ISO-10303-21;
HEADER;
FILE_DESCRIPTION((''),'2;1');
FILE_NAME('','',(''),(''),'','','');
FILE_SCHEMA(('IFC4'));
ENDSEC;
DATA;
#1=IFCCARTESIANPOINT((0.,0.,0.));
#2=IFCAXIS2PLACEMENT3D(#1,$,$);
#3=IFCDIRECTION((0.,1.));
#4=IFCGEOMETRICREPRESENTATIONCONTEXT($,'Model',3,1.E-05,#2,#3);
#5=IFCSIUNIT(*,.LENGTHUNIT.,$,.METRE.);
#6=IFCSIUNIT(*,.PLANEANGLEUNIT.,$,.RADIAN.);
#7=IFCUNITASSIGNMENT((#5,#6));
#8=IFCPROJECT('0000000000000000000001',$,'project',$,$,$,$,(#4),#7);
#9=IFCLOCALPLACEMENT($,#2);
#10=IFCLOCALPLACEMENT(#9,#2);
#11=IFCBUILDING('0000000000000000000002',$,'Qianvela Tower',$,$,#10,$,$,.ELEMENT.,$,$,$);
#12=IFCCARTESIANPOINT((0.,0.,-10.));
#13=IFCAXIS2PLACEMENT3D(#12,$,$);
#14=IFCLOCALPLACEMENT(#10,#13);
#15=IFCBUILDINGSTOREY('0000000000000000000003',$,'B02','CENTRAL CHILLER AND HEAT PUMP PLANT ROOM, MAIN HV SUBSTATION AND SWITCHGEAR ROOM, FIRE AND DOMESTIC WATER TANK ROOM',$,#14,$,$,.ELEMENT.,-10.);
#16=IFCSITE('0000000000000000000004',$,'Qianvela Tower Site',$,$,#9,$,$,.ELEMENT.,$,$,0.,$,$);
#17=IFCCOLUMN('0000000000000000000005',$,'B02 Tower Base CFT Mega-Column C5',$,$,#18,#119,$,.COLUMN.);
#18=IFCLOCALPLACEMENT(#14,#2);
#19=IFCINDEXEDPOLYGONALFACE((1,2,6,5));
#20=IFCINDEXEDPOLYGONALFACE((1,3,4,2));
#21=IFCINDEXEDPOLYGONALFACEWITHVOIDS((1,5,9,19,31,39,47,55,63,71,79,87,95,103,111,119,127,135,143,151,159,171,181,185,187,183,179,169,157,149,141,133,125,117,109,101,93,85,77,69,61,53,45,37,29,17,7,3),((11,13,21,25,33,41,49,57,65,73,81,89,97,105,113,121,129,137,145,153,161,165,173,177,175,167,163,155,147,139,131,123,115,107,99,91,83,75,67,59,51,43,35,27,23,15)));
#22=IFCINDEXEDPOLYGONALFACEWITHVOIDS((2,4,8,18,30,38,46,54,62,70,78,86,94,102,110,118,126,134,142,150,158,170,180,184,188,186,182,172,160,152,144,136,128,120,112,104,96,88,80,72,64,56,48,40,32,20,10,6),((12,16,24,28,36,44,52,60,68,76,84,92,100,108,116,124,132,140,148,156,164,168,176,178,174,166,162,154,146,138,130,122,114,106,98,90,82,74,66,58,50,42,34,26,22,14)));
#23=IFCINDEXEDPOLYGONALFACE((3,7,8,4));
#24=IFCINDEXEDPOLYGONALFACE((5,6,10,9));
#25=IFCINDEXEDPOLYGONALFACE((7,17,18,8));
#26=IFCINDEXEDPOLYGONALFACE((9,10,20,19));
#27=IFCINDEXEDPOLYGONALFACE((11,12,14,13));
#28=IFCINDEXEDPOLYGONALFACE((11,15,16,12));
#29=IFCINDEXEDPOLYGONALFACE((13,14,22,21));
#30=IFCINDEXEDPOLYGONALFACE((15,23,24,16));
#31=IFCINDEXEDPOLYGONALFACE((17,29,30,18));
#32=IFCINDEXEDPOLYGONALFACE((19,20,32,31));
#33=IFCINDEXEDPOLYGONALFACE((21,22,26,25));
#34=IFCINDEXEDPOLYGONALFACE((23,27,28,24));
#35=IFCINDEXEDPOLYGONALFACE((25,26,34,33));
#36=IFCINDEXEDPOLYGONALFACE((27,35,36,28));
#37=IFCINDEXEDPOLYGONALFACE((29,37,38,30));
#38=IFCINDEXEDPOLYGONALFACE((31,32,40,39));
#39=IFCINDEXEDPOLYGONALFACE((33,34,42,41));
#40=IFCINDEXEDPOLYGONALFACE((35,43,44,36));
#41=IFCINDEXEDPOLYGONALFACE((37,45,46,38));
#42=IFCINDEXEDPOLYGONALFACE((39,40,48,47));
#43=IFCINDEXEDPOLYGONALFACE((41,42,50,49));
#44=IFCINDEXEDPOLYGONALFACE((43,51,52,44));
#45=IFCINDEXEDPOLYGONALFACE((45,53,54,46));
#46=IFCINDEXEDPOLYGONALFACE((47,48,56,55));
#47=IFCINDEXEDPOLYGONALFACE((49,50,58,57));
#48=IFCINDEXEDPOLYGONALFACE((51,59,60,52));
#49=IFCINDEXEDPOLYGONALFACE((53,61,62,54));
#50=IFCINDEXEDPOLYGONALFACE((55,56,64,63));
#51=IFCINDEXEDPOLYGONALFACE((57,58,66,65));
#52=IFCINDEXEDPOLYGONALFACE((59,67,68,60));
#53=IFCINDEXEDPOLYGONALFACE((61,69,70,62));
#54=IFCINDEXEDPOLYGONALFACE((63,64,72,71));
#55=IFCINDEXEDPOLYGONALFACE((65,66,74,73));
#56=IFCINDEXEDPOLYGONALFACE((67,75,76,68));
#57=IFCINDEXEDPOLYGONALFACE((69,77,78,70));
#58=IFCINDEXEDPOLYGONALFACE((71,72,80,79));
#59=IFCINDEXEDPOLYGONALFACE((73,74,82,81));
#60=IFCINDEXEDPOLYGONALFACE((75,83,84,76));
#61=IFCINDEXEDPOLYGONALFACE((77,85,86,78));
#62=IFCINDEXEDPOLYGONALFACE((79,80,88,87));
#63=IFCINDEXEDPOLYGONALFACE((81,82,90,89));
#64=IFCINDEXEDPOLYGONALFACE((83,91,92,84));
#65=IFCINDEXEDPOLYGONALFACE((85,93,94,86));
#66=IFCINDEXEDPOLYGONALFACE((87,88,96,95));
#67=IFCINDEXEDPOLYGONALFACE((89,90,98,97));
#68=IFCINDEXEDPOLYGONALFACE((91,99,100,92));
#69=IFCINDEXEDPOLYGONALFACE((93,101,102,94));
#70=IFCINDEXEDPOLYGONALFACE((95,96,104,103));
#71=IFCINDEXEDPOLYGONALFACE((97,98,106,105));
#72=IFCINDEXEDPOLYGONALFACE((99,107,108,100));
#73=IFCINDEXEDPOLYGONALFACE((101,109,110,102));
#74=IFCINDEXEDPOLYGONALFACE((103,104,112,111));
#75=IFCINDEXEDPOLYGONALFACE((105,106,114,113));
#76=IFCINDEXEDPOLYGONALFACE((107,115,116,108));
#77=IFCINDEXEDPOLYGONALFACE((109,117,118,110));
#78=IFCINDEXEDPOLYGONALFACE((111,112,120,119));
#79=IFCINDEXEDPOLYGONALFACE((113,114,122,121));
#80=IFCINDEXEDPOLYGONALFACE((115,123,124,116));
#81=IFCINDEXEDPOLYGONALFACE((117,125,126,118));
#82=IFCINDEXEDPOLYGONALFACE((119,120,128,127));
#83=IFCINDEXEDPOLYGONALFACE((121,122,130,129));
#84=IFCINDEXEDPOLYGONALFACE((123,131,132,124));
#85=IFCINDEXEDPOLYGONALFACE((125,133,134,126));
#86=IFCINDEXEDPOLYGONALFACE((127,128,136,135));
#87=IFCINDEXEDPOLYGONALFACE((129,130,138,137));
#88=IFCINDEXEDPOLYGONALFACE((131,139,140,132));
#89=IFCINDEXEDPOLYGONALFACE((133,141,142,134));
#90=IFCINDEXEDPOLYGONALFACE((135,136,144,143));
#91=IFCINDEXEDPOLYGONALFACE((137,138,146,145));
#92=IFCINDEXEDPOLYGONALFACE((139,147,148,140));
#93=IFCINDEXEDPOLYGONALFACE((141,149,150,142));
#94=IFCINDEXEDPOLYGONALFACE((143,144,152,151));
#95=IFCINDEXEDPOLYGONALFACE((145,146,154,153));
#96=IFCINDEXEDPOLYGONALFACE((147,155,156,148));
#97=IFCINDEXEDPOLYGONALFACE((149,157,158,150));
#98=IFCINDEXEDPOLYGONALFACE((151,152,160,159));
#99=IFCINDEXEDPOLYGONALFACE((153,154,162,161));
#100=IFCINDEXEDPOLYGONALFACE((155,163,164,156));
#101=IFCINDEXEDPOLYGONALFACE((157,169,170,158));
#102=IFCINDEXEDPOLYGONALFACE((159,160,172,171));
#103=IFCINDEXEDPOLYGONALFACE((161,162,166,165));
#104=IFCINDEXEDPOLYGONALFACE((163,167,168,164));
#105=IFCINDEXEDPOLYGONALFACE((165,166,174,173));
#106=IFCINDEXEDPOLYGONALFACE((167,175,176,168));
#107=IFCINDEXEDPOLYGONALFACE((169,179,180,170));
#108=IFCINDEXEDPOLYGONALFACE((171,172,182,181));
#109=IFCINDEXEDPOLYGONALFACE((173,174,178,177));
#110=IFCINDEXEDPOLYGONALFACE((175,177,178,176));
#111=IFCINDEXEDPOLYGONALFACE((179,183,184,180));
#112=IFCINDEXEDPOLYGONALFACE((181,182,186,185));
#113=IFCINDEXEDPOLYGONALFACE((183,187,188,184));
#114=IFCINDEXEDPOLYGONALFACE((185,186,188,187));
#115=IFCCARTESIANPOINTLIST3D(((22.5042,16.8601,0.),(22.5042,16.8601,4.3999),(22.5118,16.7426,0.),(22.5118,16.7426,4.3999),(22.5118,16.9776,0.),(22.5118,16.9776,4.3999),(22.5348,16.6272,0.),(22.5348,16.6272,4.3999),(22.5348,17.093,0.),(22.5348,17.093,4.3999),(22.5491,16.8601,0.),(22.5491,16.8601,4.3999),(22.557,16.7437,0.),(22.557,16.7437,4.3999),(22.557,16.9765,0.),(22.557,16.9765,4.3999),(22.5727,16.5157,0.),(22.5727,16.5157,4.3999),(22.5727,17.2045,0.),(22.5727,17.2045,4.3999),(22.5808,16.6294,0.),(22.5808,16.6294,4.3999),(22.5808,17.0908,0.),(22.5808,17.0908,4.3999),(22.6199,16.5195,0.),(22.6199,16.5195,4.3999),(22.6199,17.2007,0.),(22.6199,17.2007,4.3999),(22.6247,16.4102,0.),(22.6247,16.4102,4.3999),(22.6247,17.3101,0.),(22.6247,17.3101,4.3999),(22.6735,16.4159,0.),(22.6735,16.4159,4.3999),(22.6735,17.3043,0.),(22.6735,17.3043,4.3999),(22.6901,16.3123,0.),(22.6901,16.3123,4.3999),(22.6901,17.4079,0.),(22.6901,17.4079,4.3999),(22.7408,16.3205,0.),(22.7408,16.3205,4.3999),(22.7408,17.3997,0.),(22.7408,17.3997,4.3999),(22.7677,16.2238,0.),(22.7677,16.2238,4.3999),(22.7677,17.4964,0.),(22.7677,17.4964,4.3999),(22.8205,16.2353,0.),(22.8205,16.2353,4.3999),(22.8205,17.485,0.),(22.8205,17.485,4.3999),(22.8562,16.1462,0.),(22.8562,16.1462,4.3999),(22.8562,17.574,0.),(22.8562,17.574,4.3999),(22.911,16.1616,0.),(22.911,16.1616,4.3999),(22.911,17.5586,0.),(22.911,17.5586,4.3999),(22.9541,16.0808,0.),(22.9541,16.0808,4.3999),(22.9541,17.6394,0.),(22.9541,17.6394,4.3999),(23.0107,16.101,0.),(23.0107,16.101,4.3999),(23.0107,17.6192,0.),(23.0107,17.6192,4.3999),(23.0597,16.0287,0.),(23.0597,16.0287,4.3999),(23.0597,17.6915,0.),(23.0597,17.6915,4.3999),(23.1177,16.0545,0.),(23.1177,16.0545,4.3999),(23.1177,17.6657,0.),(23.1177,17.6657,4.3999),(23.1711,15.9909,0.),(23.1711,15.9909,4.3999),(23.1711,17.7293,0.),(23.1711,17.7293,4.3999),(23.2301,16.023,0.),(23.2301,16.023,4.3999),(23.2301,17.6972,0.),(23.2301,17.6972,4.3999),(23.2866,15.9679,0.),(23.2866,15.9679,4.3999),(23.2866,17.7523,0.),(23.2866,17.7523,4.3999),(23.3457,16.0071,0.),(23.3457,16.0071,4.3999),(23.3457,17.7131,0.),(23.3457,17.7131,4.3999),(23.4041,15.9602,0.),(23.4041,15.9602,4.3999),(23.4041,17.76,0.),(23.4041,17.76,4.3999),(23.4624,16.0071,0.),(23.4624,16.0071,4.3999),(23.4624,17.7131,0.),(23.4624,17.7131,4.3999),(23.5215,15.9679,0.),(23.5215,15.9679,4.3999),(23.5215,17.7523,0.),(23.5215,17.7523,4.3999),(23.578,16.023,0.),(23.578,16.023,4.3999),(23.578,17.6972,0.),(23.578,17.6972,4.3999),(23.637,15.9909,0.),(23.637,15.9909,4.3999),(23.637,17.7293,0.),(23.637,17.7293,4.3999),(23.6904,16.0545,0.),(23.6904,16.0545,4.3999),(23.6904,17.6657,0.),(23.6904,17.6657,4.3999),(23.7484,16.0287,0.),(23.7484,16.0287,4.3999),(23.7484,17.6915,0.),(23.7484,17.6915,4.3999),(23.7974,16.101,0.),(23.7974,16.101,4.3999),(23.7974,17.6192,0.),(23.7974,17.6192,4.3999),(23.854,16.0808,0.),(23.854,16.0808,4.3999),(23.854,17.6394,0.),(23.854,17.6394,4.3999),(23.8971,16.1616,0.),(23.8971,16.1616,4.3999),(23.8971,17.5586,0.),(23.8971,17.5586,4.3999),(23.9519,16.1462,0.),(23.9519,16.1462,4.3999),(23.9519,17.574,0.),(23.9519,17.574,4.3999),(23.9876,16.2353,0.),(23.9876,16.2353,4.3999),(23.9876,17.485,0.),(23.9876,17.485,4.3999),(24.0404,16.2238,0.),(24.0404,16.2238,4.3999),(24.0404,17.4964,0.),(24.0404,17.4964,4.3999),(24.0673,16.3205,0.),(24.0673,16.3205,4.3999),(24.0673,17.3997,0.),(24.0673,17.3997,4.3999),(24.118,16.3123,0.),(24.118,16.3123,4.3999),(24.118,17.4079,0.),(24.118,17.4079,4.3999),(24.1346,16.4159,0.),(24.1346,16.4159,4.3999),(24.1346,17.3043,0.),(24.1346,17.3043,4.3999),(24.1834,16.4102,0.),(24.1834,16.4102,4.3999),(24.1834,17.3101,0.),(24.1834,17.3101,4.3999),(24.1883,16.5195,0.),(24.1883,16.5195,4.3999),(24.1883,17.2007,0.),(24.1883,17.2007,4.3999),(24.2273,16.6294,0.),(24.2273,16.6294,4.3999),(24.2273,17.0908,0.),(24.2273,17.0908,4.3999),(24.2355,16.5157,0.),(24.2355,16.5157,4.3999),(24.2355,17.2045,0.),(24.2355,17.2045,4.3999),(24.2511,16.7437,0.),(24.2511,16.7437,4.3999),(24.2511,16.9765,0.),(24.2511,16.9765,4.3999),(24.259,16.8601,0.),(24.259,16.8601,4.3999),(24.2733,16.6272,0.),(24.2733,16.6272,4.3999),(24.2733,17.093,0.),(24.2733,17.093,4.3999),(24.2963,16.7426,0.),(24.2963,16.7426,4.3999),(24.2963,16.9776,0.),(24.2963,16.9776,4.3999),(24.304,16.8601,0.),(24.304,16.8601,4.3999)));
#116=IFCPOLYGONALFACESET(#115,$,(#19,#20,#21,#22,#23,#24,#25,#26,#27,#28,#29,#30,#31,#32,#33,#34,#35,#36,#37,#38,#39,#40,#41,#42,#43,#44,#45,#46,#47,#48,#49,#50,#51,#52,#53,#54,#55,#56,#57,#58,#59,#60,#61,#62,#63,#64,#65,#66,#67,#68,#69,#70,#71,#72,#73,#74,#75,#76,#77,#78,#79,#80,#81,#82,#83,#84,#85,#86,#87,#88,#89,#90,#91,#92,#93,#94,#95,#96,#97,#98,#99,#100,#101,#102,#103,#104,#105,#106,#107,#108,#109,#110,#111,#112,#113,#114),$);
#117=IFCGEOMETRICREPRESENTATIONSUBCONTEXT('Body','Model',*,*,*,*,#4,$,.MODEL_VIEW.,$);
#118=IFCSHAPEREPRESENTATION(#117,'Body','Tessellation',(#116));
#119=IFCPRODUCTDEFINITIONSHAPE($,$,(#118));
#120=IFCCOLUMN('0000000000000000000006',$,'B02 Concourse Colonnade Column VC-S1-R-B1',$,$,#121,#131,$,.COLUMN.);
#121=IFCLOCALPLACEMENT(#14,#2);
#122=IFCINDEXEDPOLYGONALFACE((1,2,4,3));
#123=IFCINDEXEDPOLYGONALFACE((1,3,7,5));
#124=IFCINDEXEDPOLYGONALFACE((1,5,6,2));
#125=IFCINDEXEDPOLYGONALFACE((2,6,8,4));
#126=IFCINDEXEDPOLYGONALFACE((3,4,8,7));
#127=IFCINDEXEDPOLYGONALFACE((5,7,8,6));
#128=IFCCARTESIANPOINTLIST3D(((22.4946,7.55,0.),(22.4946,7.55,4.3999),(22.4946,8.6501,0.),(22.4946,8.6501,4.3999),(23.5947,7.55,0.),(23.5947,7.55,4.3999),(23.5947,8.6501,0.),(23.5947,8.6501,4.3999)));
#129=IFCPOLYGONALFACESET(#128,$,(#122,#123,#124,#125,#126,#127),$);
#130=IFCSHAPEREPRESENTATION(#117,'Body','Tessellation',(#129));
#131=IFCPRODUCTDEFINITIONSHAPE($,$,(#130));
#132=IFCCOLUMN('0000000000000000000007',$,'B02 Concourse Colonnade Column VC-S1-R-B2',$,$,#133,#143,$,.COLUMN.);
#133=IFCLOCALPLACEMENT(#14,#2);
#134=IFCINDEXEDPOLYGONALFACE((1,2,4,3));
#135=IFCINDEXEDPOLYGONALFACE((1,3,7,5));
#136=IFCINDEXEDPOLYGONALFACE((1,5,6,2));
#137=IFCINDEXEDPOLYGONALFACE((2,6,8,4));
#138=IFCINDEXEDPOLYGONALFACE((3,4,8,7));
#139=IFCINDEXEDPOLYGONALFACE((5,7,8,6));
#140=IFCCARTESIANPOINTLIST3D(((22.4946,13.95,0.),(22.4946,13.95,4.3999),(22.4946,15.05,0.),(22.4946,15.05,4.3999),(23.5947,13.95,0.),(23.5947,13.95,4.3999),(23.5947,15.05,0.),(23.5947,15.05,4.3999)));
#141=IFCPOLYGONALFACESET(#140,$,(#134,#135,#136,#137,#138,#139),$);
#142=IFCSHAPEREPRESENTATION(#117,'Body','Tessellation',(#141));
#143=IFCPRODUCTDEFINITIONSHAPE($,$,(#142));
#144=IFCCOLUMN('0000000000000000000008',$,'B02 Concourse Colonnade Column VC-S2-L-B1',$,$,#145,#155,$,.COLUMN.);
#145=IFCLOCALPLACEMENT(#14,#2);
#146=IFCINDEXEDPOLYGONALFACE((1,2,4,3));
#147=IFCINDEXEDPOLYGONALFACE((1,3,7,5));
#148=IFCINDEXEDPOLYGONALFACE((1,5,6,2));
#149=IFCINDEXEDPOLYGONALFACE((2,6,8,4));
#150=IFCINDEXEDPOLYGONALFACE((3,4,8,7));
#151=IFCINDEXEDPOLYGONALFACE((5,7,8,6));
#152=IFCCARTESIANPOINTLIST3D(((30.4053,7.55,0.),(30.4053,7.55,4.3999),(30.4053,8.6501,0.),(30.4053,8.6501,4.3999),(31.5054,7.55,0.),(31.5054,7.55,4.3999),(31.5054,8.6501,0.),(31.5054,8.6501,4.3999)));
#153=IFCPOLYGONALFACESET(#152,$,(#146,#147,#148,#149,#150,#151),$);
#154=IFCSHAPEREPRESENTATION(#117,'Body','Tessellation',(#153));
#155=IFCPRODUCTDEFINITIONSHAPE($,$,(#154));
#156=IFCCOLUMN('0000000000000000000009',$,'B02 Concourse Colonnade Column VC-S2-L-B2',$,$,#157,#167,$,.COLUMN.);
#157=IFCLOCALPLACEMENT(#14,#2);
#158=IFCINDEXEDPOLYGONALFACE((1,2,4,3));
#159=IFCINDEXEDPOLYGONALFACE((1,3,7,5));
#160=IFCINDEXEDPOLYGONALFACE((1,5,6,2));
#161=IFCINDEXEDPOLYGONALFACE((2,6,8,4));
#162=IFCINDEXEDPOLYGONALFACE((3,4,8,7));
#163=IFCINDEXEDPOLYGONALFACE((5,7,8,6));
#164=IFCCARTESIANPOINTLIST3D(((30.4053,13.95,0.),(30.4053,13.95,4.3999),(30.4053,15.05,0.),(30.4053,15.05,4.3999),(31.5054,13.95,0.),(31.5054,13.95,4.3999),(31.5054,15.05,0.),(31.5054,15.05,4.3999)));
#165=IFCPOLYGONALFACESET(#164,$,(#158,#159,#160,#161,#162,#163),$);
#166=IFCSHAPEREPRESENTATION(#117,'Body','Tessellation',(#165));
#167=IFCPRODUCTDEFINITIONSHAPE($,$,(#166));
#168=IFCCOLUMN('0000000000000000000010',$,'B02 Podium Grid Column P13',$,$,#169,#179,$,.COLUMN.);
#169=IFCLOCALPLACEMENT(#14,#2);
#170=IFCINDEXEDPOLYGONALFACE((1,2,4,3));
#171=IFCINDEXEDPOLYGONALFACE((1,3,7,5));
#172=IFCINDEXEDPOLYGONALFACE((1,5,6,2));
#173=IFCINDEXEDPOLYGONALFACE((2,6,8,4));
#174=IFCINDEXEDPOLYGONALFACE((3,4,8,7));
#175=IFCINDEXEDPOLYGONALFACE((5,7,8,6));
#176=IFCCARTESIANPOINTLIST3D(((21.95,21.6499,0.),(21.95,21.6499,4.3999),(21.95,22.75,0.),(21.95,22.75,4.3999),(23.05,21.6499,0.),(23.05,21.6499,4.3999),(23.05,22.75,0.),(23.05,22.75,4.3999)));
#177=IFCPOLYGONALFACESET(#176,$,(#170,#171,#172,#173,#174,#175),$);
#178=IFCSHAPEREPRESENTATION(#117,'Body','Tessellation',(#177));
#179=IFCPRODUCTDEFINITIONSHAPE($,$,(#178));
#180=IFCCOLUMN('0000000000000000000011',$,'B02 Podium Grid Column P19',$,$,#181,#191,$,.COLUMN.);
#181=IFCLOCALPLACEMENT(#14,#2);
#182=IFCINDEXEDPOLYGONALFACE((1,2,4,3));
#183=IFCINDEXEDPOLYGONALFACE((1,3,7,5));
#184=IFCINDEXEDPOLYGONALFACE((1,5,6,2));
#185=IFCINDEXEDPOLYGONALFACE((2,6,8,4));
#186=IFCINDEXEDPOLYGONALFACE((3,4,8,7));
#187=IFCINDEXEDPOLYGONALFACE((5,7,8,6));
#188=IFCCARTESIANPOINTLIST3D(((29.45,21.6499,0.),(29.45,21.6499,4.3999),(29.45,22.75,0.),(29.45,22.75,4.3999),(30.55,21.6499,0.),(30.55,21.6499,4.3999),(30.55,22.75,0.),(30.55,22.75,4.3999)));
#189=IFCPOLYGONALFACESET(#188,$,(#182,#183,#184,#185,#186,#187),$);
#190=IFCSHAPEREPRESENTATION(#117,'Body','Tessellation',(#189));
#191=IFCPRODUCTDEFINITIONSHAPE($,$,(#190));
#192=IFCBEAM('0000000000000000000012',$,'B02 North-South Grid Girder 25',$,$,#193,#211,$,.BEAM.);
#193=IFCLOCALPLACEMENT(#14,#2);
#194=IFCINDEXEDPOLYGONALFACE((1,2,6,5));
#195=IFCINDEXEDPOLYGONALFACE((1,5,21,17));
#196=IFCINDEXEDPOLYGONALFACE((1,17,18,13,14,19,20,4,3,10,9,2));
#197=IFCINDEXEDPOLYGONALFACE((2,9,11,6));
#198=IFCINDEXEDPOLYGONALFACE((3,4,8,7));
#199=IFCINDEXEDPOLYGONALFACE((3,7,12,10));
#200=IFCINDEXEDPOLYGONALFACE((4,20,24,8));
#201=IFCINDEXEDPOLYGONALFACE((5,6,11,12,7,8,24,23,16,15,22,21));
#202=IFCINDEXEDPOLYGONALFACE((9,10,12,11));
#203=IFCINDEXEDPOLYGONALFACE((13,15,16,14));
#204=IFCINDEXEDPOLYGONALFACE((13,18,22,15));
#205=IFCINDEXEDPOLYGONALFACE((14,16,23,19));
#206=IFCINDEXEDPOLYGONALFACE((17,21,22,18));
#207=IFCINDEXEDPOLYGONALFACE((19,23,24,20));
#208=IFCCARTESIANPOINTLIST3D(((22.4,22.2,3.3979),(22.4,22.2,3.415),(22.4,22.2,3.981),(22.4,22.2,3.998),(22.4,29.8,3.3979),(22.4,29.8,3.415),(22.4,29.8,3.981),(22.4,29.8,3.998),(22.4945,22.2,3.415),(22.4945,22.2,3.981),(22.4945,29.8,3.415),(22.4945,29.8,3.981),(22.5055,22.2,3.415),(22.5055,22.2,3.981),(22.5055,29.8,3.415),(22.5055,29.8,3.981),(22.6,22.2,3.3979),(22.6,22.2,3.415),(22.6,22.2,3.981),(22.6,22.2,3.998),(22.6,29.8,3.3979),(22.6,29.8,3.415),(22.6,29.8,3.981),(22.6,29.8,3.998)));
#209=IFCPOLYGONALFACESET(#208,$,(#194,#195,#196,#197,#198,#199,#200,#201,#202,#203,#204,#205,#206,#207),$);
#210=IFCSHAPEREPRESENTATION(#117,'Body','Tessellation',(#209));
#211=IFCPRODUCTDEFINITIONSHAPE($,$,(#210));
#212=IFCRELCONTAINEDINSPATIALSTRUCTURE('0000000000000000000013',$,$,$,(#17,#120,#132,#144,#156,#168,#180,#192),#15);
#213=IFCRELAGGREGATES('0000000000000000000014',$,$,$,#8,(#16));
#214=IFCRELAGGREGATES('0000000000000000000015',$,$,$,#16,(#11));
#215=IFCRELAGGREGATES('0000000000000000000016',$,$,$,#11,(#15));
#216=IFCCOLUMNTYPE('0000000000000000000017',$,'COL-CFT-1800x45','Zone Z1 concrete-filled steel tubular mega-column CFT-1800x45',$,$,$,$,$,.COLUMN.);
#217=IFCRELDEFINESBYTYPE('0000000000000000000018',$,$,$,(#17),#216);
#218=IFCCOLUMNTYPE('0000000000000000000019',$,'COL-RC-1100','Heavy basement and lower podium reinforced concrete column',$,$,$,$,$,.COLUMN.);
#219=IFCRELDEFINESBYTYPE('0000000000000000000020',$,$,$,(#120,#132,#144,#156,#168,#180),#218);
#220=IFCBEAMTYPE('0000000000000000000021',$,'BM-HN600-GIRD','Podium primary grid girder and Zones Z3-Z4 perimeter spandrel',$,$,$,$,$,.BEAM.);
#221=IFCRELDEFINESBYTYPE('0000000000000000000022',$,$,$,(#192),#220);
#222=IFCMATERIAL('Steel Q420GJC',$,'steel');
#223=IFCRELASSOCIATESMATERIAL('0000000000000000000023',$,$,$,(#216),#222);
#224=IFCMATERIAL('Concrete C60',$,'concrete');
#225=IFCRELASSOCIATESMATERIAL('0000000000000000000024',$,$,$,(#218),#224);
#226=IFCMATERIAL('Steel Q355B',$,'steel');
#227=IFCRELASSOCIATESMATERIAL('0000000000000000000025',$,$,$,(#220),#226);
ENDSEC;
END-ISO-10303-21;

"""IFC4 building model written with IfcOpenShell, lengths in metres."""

from ifc_helpers import new_model, si_unit, direction, frame, origin, origin_2d, place, context, subcontext, project, spatial, rectangle, hollow_circle, i_section, extrude, material, material_profile, profile_set, type_object, element, save


model = new_model("IFC4")

# Units and contexts
model_context = context("Model", 3, precision=1e-05, world=origin(), true_north=direction((0.0, 1.0)))
body_context = subcontext(model_context, "Body", "Model", "MODEL_VIEW")
ifc_project = project(units=[si_unit("LENGTHUNIT", "METRE"), si_unit("PLANEANGLEUNIT", "RADIAN")], contexts=[model_context])

# Site, building, storey
site_placement = place(None, origin())
site = spatial("IfcSite", under=ifc_project, at=site_placement, Name="Qianvela Tower Site", CompositionType="ELEMENT", RefElevation=0.0)
building_placement = place(site_placement, origin())
building = spatial("IfcBuilding", under=site, at=building_placement, Name="Qianvela Tower", CompositionType="ELEMENT")
storey_placement = place(building_placement, frame((0.0, 0.0, -10.0)))
storey = spatial("IfcBuildingStorey", under=building, at=storey_placement, Name="B02", Description="CENTRAL CHILLER AND HEAT PUMP PLANT ROOM, MAIN HV SUBSTATION AND SWITCHGEAR ROOM, FIRE AND DOMESTIC WATER TANK ROOM", CompositionType="ELEMENT", Elevation=-10.0)

# Columns
ifc_material_1 = material(Name="Steel Q420GJC", Category="steel")
ifc_material_profile_1 = material_profile(ifc_material_1, hollow_circle(Radius=0.8999, WallThickness=0.0449, at=origin_2d()), Name="CFT-1800x45")
ifc_profile_set_1 = profile_set([ifc_material_profile_1], Name="Steel Q420GJC")
column_type_1 = type_object("IfcColumnType", Name="COL-CFT-1800x45", Description="Zone Z1 concrete-filled steel tubular mega-column CFT-1800x45", PredefinedType="COLUMN", material=ifc_profile_set_1)
column_placement = place(storey_placement, frame((23.4041, 16.8601, 0.0), z_axis=(0.0, 0.0, 1.0), x_axis=(1.0, 0.0, 0.0)))
element("IfcColumn", 1, at=column_placement, inside=storey, type_object=column_type_1, Name="B02 Tower Base CFT Mega-Column C5", PredefinedType="COLUMN", context=body_context, shape_type="SweptSolid", body=[
    extrude(hollow_circle(Radius=0.8999, WallThickness=0.0449, at=origin_2d()), origin(), (0.0, 0.0, 1.0), 4.3999),
])
ifc_material_2 = material(Name="Concrete C60", Category="concrete")
ifc_material_profile_2 = material_profile(ifc_material_2, rectangle(XDim=1.1001, YDim=1.1001, at=origin_2d()), Name="RC-COL-1100x1100")
ifc_profile_set_2 = profile_set([ifc_material_profile_2], Name="Concrete C60")
column_type_2 = type_object("IfcColumnType", Name="COL-RC-1100", Description="Heavy basement and lower podium reinforced concrete column", PredefinedType="COLUMN", material=ifc_profile_set_2)
for number, where, z_axis, x_axis, name in (
    (2, (23.0447, 8.1001, 0.0), (0.0, 0.0, 1.0), (1.0, 0.0, 0.0), "B02 Concourse Colonnade Column VC-S1-R-B1"),
    (3, (23.0447, 14.5, 0.0), (0.0, 0.0, 1.0), (1.0, 0.0, 0.0), "B02 Concourse Colonnade Column VC-S1-R-B2"),
    (4, (30.9553, 8.1001, 0.0), (0.0, 0.0, 1.0), (1.0, 0.0, 0.0), "B02 Concourse Colonnade Column VC-S2-L-B1"),
    (5, (30.9553, 14.5, 0.0), (0.0, 0.0, 1.0), (1.0, 0.0, 0.0), "B02 Concourse Colonnade Column VC-S2-L-B2"),
    (6, (22.5, 22.2, 0.0), (0.0, 0.0, 1.0), (1.0, 0.0, 0.0), "B02 Podium Grid Column P13"),
    (7, (30.0, 22.2, 0.0), (0.0, 0.0, 1.0), (1.0, 0.0, 0.0), "B02 Podium Grid Column P19"),
):
    element("IfcColumn", number, at=place(storey_placement, frame(where, z_axis=z_axis, x_axis=x_axis)), inside=storey, type_object=column_type_2, Name=name, PredefinedType="COLUMN", context=body_context, shape_type="SweptSolid", body=[
        extrude(rectangle(XDim=1.1001, YDim=1.1001, at=origin_2d()), origin(), (0.0, 0.0, 1.0), 4.3999),
    ])

# Beam
ifc_material_3 = material(Name="Steel Q355B", Category="steel")
ifc_material_profile_3 = material_profile(ifc_material_3, i_section(OverallWidth=0.2, OverallDepth=0.6001, WebThickness=0.011, FlangeThickness=0.0171, at=origin_2d()), Name="HN600x200x11x17")
ifc_profile_set_3 = profile_set([ifc_material_profile_3], Name="Steel Q355B")
beam_type_1 = type_object("IfcBeamType", Name="BM-HN600-GIRD", Description="Podium primary grid girder and Zones Z3-Z4 perimeter spandrel", PredefinedType="BEAM", material=ifc_profile_set_3)
beam_1_placement = place(storey_placement, frame((22.5, 22.2, 3.698), z_axis=(0.0, 1.0, 0.0), x_axis=(-1.0, 0.0, 0.0)))
element("IfcBeam", 8, at=beam_1_placement, inside=storey, type_object=beam_type_1, Name="B02 North-South Grid Girder 25", PredefinedType="BEAM", context=body_context, shape_type="SweptSolid", body=[
    extrude(i_section(OverallWidth=0.2, OverallDepth=0.6001, WebThickness=0.011, FlangeThickness=0.0171, at=origin_2d()), origin(), (0.0, 0.0, 1.0), 7.6001),
])

save(model, "model.ifc")
